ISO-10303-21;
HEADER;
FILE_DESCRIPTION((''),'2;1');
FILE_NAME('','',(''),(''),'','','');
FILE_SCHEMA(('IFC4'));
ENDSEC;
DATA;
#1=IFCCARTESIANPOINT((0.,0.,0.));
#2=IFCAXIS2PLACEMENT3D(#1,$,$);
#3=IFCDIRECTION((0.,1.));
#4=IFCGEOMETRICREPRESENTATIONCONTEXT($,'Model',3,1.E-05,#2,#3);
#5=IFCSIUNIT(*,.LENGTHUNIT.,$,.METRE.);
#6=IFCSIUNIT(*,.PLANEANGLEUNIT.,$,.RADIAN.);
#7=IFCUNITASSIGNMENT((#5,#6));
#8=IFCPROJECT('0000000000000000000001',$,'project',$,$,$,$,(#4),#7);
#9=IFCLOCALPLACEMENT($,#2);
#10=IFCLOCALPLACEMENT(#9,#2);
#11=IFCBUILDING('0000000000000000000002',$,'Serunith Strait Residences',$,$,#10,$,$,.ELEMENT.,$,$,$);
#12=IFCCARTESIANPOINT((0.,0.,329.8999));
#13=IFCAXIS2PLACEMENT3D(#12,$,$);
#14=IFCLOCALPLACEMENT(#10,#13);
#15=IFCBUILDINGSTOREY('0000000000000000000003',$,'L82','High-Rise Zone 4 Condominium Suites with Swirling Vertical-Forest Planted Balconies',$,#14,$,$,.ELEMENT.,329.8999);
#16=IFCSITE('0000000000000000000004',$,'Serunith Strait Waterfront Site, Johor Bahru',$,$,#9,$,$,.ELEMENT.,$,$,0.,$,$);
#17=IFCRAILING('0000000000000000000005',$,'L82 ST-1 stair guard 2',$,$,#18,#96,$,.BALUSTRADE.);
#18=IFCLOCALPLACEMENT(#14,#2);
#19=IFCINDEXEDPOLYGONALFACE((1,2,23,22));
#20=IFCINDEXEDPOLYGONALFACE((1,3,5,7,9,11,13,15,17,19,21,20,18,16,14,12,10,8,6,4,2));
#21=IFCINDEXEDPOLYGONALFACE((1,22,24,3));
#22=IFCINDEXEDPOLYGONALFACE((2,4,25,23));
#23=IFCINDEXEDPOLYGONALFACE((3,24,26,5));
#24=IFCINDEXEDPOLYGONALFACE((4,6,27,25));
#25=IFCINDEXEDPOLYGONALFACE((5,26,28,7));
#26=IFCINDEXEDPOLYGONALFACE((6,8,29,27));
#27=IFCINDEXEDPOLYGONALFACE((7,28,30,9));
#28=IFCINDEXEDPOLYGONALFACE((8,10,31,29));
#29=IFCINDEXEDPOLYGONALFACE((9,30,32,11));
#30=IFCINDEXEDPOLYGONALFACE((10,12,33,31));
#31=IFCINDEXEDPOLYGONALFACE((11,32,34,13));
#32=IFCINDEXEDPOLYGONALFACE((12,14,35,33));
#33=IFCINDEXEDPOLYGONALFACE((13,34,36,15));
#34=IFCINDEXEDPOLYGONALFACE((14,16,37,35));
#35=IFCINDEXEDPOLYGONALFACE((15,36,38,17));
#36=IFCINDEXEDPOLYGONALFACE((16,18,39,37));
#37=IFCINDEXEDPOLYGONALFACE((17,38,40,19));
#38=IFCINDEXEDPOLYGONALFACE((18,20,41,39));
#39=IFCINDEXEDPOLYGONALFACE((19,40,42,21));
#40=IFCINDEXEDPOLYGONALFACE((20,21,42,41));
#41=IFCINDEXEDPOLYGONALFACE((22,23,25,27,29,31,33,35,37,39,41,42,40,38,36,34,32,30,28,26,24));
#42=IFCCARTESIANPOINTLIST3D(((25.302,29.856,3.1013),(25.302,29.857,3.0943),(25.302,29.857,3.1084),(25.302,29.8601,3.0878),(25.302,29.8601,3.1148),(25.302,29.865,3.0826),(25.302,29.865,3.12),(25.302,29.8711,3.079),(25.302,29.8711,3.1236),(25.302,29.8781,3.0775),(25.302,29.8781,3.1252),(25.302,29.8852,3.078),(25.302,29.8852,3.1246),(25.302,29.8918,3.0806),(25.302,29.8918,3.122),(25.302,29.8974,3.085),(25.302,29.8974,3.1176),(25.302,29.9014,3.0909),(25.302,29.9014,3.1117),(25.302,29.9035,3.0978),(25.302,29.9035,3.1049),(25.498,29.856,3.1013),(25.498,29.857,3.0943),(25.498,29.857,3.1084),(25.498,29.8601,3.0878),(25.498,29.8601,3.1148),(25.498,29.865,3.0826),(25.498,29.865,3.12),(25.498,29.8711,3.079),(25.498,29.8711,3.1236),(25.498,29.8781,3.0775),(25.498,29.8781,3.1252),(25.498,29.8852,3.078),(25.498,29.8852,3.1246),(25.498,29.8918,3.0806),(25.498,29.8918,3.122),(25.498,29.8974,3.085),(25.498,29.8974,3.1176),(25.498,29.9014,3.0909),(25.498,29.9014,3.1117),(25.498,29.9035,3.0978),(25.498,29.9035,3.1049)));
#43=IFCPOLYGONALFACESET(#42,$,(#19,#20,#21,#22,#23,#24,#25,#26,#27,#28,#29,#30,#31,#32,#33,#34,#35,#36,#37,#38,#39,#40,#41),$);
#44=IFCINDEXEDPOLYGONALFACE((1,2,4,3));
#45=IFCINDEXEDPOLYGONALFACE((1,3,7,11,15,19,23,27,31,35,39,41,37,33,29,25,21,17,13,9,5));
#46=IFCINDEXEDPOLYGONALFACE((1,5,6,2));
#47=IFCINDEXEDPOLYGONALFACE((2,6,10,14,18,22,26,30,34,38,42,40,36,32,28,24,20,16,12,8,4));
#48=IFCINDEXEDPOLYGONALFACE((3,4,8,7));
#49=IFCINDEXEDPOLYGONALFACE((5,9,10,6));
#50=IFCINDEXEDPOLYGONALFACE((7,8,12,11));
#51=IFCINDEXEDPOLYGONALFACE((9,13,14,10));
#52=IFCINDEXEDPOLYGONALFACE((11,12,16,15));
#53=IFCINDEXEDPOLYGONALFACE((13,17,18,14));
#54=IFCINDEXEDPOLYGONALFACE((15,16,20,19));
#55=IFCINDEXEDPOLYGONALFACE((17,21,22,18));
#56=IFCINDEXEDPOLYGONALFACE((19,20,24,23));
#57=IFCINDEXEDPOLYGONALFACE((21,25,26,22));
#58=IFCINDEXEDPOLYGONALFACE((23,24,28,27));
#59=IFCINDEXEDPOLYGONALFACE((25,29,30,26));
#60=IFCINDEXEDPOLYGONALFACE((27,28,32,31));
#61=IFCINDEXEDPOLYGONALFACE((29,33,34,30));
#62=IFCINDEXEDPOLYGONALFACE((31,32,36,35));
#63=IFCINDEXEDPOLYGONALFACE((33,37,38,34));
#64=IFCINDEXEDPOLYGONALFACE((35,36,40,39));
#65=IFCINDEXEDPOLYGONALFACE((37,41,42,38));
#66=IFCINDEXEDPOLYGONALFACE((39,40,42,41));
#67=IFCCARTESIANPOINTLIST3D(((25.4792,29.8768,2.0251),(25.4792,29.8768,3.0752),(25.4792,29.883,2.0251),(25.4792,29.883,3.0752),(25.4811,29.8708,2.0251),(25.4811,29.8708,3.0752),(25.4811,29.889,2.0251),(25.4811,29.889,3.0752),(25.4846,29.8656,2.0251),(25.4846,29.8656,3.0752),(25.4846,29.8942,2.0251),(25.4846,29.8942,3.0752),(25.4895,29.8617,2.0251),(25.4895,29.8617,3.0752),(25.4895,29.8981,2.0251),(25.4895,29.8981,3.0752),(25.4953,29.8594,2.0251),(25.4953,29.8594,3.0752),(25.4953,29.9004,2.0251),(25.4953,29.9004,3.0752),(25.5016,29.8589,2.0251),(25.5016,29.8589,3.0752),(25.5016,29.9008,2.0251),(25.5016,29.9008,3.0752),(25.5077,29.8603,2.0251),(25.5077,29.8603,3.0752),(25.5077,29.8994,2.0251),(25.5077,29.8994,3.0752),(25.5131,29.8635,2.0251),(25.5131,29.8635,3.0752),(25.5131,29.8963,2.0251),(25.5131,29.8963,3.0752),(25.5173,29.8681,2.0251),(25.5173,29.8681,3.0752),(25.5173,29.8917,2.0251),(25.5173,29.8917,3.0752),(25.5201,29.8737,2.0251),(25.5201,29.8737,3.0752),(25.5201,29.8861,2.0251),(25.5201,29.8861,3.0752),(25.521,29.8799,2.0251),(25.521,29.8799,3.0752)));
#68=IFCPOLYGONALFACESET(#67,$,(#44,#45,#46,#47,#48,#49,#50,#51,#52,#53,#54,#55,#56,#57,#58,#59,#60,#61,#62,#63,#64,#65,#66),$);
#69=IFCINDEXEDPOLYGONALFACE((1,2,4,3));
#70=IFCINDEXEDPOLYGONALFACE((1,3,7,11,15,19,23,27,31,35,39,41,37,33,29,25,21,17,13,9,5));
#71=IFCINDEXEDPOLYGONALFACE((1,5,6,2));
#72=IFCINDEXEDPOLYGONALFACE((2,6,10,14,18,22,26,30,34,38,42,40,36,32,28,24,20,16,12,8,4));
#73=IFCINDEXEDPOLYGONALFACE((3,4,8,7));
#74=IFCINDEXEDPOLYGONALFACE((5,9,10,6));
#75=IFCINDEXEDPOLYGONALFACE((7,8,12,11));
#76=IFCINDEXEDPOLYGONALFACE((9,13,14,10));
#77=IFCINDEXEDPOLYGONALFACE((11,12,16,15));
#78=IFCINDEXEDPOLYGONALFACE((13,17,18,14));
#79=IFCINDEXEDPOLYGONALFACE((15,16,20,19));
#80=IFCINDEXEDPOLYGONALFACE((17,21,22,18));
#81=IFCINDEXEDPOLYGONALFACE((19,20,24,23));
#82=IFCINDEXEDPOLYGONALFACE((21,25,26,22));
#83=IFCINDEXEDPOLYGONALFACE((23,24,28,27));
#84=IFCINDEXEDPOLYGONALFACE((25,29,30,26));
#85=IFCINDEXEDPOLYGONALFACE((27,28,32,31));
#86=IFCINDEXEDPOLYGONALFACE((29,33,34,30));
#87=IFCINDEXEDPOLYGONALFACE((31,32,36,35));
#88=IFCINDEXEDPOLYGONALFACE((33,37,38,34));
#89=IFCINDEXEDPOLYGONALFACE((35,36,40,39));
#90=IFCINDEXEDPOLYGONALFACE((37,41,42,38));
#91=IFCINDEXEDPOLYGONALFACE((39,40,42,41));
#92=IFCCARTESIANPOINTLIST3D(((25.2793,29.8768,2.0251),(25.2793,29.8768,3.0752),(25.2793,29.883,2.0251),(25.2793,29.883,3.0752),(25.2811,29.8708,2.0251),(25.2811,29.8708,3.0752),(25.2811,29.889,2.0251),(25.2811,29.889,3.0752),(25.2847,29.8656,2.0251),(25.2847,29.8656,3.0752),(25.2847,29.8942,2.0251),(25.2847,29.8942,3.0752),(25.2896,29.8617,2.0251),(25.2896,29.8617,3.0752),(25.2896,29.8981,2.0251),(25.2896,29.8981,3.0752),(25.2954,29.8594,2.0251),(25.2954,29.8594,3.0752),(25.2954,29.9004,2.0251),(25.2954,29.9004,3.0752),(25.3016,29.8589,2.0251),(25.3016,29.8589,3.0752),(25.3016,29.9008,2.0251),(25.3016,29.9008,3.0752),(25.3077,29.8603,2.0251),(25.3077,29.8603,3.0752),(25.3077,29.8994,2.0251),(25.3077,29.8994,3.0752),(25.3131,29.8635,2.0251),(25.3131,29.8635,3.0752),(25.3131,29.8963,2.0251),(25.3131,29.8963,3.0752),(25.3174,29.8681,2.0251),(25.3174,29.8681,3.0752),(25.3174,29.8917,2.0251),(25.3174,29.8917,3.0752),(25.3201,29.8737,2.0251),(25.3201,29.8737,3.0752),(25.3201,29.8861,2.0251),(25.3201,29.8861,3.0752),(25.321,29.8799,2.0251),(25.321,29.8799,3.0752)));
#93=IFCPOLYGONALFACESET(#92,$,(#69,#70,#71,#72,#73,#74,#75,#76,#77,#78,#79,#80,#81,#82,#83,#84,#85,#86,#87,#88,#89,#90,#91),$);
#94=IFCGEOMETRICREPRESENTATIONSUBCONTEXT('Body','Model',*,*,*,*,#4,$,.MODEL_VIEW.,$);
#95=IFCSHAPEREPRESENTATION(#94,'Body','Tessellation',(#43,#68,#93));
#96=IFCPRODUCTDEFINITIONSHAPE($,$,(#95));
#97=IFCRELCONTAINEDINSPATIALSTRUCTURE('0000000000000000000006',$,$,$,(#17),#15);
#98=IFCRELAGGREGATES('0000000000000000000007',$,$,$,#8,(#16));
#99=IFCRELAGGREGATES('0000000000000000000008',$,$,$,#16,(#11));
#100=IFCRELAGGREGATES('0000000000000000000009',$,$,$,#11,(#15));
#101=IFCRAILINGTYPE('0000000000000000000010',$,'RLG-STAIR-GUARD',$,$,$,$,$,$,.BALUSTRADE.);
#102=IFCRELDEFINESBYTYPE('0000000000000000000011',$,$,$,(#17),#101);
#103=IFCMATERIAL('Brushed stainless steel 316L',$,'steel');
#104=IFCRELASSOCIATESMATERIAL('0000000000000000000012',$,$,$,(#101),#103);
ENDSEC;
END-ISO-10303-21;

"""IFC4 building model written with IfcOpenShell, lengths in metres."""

from ifc_helpers import new_model, si_unit, direction, frame, origin, origin_2d, place, context, subcontext, project, spatial, circle, extrude, material, type_object, element, save


model = new_model("IFC4")

# Units and contexts
model_context = context("Model", 3, precision=1e-05, world=origin(), true_north=direction((0.0, 1.0)))
body_context = subcontext(model_context, "Body", "Model", "MODEL_VIEW")
ifc_project = project(units=[si_unit("LENGTHUNIT", "METRE"), si_unit("PLANEANGLEUNIT", "RADIAN")], contexts=[model_context])

# Site, building, storey
site_placement = place(None, origin())
site = spatial("IfcSite", under=ifc_project, at=site_placement, Name="Serunith Strait Waterfront Site, Johor Bahru", CompositionType="ELEMENT", RefElevation=0.0)
building_placement = place(site_placement, origin())
building = spatial("IfcBuilding", under=site, at=building_placement, Name="Serunith Strait Residences", CompositionType="ELEMENT")
storey_placement = place(building_placement, frame((0.0, 0.0, 329.8999)))
storey = spatial("IfcBuildingStorey", under=building, at=storey_placement, Name="L82", Description="High-Rise Zone 4 Condominium Suites with Swirling Vertical-Forest Planted Balconies", CompositionType="ELEMENT", Elevation=329.8999)

# Railing
ifc_material_1 = material(Name="Brushed stainless steel 316L", Category="steel")
railing_type_1 = type_object("IfcRailingType", Name="RLG-STAIR-GUARD", PredefinedType="BALUSTRADE", material=ifc_material_1)
railing_1_placement = place(storey_placement, frame((25.5, 29.8799, 2.0251)))
element("IfcRailing", 1, at=railing_1_placement, inside=storey, type_object=railing_type_1, Name="L82 ST-1 stair guard 2", PredefinedType="BALUSTRADE", context=body_context, shape_type="SweptSolid", body=[
    extrude(circle(Radius=0.0239, at=origin_2d()), frame((-0.002, 0.0, 1.0762), z_axis=(-1.0, 0.0, 0.0), x_axis=(0.0, -1.0, 0.0)), (0.0, 0.0, 1.0), 0.196),
    extrude(circle(Radius=0.021, at=origin_2d()), origin(), (0.0, 0.0, 1.0), 1.05),
    extrude(circle(Radius=0.021, at=origin_2d()), frame((-0.2, 0.0, 0.0)), (0.0, 0.0, 1.0), 1.05),
])

save(model, "model.ifc")
